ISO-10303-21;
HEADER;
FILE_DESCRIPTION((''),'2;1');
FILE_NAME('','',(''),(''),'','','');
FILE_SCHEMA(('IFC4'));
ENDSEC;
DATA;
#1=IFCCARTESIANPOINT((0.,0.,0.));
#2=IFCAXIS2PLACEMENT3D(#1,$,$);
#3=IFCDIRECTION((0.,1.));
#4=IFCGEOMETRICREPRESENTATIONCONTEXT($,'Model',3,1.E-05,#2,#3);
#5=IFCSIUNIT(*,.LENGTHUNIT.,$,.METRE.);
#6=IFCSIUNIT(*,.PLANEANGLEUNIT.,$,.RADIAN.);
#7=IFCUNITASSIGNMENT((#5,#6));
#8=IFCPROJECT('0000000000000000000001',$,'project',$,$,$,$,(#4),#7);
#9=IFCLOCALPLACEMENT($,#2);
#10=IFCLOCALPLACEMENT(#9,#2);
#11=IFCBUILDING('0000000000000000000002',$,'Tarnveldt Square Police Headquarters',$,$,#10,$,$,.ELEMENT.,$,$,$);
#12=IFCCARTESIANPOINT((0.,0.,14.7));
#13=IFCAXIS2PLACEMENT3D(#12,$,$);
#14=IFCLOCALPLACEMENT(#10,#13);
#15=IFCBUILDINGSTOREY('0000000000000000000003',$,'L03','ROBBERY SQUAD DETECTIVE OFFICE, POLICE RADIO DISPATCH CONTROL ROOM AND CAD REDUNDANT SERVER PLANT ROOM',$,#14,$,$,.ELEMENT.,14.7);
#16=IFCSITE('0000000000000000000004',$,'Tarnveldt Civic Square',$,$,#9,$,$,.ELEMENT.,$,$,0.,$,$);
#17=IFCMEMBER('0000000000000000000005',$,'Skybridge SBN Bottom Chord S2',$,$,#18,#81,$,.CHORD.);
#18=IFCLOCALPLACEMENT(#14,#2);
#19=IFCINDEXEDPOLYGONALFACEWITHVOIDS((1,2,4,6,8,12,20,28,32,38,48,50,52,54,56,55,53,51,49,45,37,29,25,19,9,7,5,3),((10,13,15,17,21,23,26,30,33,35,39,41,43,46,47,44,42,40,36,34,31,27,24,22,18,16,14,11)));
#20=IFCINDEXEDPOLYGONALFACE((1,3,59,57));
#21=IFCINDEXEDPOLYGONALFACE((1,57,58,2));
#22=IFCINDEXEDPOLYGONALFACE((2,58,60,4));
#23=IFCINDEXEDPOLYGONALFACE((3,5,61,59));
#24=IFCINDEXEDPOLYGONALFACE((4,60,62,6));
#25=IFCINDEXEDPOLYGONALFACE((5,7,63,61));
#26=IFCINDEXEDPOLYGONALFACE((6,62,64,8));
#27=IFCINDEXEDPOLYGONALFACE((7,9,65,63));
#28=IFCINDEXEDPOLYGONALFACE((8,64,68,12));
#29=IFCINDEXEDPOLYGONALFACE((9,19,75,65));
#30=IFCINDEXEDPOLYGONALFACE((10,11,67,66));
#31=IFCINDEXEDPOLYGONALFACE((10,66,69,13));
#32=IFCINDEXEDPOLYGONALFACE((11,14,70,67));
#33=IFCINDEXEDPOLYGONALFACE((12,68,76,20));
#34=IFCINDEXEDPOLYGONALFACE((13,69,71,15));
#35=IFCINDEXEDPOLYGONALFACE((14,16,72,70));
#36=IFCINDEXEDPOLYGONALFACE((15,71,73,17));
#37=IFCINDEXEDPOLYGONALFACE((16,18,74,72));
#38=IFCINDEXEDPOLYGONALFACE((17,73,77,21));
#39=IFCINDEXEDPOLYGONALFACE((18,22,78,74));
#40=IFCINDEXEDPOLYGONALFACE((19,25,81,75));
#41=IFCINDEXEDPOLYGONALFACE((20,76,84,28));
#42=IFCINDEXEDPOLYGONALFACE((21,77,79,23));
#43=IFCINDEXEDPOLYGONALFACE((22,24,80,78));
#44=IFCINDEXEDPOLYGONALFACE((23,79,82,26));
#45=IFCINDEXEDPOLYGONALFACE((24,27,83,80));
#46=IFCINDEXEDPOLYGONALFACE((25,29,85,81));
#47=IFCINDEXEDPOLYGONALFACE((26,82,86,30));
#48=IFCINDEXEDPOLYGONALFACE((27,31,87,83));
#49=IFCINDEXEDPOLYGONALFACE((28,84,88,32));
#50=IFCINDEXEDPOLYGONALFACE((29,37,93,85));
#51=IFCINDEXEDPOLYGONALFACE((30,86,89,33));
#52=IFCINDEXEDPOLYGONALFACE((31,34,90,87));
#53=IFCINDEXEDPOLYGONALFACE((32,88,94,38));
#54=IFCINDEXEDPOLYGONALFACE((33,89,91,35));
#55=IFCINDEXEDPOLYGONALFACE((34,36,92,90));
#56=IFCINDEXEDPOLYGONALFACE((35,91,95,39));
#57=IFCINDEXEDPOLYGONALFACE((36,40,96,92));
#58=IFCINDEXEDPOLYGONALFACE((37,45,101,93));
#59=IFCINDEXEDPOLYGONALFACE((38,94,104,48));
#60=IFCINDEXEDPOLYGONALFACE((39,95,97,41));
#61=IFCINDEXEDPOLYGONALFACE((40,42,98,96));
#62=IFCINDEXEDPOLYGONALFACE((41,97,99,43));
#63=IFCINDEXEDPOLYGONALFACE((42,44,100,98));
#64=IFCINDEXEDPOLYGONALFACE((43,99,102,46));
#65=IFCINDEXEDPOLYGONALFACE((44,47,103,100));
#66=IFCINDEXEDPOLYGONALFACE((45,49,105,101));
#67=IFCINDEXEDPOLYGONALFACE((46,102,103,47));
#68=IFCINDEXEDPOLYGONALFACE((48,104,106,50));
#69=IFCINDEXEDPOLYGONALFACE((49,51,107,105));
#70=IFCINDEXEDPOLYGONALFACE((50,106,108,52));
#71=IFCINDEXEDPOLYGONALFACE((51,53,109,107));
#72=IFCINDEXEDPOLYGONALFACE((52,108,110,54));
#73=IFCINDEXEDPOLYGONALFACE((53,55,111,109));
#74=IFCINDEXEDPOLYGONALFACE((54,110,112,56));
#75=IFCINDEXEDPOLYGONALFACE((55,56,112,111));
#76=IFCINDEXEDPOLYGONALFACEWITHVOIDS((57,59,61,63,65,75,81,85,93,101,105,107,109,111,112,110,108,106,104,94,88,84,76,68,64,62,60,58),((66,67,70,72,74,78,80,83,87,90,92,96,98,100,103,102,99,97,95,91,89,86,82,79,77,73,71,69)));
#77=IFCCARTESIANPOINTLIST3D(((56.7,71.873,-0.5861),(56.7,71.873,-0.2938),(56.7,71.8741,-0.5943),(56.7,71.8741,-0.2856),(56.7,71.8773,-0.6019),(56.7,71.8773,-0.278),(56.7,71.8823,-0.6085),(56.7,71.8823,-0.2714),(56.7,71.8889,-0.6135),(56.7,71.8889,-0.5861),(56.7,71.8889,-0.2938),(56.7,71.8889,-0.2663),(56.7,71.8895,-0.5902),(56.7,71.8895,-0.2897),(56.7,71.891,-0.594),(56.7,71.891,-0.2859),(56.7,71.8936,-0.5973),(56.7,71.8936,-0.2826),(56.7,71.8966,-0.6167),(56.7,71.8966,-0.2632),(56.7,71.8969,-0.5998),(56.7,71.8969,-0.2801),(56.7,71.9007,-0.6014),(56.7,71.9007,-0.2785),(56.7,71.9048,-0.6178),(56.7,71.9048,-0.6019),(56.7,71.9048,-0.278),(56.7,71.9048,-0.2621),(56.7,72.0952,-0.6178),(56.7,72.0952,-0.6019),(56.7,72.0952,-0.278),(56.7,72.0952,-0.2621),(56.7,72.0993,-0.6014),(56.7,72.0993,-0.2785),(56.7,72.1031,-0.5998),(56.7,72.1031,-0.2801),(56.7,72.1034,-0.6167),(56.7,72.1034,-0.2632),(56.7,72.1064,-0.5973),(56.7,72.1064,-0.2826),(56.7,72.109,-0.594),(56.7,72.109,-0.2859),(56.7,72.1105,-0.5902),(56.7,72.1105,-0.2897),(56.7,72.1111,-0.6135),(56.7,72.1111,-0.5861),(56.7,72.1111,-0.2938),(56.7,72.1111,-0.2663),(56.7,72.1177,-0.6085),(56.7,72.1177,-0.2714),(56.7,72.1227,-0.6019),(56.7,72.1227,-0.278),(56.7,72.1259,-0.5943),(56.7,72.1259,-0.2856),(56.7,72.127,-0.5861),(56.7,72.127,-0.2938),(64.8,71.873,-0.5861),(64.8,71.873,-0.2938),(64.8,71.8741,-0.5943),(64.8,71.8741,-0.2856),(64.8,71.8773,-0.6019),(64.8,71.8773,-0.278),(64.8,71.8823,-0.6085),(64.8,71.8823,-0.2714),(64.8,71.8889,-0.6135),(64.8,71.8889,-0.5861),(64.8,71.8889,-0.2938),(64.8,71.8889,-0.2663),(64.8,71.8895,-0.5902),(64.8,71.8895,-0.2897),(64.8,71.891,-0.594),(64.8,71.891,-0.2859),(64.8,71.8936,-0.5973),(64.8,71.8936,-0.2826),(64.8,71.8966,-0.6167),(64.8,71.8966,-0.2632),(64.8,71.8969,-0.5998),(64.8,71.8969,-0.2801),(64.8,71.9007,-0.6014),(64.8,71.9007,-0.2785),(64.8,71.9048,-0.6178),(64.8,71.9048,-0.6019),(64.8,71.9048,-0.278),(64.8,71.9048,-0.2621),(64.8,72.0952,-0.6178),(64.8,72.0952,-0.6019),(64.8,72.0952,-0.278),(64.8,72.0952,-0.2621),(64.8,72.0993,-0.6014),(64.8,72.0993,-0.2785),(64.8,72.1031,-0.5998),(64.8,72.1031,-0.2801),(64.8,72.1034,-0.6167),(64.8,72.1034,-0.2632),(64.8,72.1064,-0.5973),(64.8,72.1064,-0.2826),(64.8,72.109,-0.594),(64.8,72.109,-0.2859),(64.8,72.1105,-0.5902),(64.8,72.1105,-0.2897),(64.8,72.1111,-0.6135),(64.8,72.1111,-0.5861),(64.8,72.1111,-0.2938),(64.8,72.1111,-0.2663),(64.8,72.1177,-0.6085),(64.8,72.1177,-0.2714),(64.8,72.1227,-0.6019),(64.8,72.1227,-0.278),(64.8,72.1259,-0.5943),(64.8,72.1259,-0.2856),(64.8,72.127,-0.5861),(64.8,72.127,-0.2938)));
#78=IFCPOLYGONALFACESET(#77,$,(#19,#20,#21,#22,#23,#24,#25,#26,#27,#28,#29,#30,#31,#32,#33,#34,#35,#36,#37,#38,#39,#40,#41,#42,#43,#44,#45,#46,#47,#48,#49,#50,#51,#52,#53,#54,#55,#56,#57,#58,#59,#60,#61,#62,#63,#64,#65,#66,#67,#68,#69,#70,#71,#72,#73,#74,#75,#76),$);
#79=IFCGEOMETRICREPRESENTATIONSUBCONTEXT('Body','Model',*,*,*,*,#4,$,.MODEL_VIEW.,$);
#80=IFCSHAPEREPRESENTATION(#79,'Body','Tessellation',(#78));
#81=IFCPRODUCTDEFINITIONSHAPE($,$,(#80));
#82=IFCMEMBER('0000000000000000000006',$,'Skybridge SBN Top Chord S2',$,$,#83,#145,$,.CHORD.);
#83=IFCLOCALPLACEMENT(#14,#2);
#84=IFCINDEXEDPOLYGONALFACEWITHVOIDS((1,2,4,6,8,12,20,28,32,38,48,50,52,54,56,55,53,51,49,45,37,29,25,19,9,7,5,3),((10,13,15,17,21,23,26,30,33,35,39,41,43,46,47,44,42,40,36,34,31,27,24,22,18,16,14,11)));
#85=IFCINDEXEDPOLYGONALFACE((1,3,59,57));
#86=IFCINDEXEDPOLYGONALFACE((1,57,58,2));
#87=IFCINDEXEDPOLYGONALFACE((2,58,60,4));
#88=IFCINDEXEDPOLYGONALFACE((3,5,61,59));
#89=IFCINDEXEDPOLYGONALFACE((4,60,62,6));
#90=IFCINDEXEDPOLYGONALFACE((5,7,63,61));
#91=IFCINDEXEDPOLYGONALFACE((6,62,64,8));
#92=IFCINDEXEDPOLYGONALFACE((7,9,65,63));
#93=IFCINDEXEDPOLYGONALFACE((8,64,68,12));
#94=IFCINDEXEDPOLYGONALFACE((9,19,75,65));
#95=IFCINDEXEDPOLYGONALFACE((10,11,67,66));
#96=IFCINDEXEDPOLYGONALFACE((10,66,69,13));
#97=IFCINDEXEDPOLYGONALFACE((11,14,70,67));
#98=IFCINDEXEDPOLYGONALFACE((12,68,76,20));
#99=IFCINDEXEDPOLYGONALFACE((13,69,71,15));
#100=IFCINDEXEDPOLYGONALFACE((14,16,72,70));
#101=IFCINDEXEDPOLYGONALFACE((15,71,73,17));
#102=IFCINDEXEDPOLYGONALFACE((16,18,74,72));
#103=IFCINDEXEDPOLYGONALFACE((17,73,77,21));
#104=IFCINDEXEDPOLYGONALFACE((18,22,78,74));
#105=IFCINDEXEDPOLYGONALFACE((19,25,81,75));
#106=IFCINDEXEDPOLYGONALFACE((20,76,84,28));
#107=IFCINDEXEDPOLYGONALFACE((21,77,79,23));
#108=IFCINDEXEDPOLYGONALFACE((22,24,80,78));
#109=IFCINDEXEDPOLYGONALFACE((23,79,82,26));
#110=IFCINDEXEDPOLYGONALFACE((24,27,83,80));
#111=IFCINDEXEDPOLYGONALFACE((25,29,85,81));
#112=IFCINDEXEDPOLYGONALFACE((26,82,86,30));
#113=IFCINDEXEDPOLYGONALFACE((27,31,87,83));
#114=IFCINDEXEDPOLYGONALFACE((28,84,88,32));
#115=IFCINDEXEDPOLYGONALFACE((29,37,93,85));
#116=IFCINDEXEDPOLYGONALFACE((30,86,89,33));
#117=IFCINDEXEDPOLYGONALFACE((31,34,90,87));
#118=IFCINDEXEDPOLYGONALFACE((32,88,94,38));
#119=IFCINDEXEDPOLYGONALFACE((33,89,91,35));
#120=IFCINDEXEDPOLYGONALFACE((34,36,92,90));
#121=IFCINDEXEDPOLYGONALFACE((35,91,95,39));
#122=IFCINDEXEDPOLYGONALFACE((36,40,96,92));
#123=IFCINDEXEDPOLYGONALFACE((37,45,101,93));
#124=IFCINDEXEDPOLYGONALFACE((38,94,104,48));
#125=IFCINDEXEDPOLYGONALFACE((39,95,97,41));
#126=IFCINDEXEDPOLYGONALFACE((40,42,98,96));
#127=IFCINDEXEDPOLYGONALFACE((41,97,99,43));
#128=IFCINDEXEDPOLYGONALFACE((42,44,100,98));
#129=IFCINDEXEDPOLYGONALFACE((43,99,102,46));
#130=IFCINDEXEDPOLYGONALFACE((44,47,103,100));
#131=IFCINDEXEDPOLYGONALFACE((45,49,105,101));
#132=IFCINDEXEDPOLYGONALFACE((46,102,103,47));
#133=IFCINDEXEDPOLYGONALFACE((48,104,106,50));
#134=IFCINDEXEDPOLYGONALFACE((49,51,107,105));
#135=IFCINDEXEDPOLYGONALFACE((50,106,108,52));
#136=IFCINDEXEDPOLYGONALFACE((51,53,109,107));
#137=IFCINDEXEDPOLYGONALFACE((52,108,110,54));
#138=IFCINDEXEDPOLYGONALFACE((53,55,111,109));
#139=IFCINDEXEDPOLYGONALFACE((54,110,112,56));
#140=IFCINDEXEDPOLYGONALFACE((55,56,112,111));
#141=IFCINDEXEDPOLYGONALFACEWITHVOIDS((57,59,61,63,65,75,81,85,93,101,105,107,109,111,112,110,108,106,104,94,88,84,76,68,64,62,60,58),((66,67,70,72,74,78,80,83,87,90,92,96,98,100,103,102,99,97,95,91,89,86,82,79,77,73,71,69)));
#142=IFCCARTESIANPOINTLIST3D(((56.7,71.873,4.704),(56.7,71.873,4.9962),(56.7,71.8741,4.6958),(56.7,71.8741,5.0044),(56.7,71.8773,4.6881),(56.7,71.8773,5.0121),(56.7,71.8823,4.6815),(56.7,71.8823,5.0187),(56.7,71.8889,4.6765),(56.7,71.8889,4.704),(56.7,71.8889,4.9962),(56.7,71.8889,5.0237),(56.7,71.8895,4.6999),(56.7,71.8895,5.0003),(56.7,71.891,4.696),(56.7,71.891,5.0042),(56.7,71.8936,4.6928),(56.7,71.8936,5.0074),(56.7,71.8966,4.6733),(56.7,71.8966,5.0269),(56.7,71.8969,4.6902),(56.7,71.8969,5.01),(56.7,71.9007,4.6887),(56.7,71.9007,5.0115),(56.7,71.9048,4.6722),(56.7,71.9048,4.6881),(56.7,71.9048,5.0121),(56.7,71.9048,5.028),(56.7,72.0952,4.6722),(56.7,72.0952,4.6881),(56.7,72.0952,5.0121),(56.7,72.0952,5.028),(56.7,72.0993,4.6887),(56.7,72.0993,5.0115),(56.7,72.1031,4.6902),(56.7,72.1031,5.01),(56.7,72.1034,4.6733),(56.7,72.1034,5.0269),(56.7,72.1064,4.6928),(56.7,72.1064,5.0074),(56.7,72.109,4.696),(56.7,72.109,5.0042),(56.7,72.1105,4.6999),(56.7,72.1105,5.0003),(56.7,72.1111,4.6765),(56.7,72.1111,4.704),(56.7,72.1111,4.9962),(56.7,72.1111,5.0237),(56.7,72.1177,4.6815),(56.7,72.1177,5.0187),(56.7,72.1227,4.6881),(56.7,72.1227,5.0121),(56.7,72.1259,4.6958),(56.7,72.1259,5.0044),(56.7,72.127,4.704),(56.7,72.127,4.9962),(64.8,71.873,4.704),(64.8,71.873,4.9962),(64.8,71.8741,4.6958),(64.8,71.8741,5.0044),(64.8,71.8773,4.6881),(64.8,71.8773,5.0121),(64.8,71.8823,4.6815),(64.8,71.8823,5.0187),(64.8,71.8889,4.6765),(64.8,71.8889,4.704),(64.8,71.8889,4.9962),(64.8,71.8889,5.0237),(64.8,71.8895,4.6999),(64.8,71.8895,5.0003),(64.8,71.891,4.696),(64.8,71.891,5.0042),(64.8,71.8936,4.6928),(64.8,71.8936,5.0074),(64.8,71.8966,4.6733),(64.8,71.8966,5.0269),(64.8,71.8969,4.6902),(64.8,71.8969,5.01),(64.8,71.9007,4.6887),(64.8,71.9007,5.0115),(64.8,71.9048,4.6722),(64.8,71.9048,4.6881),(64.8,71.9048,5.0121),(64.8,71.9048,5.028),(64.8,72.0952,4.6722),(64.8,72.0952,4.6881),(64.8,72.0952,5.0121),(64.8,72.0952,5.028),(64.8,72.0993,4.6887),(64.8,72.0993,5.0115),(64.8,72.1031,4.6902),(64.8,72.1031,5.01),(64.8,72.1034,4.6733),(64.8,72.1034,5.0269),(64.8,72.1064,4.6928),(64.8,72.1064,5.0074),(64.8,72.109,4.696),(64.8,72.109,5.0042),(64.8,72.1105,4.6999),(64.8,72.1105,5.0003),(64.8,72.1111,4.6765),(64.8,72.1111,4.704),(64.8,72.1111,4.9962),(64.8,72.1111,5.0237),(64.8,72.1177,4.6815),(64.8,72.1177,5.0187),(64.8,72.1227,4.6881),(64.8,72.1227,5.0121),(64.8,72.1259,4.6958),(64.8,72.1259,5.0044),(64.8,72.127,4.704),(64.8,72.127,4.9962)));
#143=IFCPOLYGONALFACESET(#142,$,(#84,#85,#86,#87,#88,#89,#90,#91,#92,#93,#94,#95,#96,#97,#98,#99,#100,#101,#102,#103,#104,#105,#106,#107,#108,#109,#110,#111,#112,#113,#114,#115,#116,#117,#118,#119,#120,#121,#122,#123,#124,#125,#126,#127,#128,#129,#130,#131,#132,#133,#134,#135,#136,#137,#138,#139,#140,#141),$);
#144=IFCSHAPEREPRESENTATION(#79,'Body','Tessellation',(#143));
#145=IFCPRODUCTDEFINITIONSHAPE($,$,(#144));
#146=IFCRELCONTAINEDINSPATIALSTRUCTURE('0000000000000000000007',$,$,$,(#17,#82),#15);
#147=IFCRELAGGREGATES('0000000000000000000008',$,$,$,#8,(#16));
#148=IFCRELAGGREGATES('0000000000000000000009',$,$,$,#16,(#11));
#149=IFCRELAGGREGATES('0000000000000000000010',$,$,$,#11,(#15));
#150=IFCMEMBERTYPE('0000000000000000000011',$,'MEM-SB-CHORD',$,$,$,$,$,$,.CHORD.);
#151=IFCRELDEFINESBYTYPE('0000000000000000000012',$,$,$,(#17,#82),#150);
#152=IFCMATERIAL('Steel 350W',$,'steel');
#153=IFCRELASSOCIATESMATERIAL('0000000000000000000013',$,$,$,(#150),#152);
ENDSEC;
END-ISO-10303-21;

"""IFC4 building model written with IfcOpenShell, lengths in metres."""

from ifc_helpers import new_model, si_unit, direction, frame, origin, origin_2d, place, context, subcontext, project, spatial, hollow_rectangle, extrude, material, material_profile, profile_set, type_object, element, save


model = new_model("IFC4")

# Units and contexts
model_context = context("Model", 3, precision=1e-05, world=origin(), true_north=direction((0.0, 1.0)))
body_context = subcontext(model_context, "Body", "Model", "MODEL_VIEW")
ifc_project = project(units=[si_unit("LENGTHUNIT", "METRE"), si_unit("PLANEANGLEUNIT", "RADIAN")], contexts=[model_context])

# Site, building, storey
site_placement = place(None, origin())
site = spatial("IfcSite", under=ifc_project, at=site_placement, Name="Tarnveldt Civic Square", CompositionType="ELEMENT", RefElevation=0.0)
building_placement = place(site_placement, origin())
building = spatial("IfcBuilding", under=site, at=building_placement, Name="Tarnveldt Square Police Headquarters", CompositionType="ELEMENT")
storey_placement = place(building_placement, frame((0.0, 0.0, 14.7)))
storey = spatial("IfcBuildingStorey", under=building, at=storey_placement, Name="L03", Description="ROBBERY SQUAD DETECTIVE OFFICE, POLICE RADIO DISPATCH CONTROL ROOM AND CAD REDUNDANT SERVER PLANT ROOM", CompositionType="ELEMENT", Elevation=14.7)

# Shared definitions
ifc_material_1 = material(Name="Steel 350W", Category="steel")

# Members
ifc_material_profile_1 = material_profile(ifc_material_1, hollow_rectangle(XDim=0.2539, YDim=0.3557, WallThickness=0.0159, InnerFilletRadius=0.0159, OuterFilletRadius=0.0317, at=origin_2d()), Name="HSS356x254x16")
ifc_profile_set_1 = profile_set([ifc_material_profile_1], Name="Steel 350W")
member_type_1 = type_object("IfcMemberType", Name="MEM-SB-CHORD", PredefinedType="CHORD", material=ifc_profile_set_1)
for number, where, z_axis, x_axis, name in (
    (1, (56.7, 72.0, -0.4399), (1.0, 0.0, 0.0), (0.0, 1.0, 0.0), "Skybridge SBN Bottom Chord S2"),
    (2, (56.7, 72.0, 4.8501), (1.0, 0.0, 0.0), (0.0, 1.0, 0.0), "Skybridge SBN Top Chord S2"),
):
    element("IfcMember", number, at=place(storey_placement, frame(where, z_axis=z_axis, x_axis=x_axis)), inside=storey, type_object=member_type_1, Name=name, PredefinedType="CHORD", context=body_context, shape_type="SweptSolid", body=[
        extrude(hollow_rectangle(XDim=0.2539, YDim=0.3557, WallThickness=0.0159, InnerFilletRadius=0.0159, OuterFilletRadius=0.0317, at=origin_2d()), origin(), (0.0, 0.0, 1.0), 8.1001),
    ])

save(model, "model.ifc")
